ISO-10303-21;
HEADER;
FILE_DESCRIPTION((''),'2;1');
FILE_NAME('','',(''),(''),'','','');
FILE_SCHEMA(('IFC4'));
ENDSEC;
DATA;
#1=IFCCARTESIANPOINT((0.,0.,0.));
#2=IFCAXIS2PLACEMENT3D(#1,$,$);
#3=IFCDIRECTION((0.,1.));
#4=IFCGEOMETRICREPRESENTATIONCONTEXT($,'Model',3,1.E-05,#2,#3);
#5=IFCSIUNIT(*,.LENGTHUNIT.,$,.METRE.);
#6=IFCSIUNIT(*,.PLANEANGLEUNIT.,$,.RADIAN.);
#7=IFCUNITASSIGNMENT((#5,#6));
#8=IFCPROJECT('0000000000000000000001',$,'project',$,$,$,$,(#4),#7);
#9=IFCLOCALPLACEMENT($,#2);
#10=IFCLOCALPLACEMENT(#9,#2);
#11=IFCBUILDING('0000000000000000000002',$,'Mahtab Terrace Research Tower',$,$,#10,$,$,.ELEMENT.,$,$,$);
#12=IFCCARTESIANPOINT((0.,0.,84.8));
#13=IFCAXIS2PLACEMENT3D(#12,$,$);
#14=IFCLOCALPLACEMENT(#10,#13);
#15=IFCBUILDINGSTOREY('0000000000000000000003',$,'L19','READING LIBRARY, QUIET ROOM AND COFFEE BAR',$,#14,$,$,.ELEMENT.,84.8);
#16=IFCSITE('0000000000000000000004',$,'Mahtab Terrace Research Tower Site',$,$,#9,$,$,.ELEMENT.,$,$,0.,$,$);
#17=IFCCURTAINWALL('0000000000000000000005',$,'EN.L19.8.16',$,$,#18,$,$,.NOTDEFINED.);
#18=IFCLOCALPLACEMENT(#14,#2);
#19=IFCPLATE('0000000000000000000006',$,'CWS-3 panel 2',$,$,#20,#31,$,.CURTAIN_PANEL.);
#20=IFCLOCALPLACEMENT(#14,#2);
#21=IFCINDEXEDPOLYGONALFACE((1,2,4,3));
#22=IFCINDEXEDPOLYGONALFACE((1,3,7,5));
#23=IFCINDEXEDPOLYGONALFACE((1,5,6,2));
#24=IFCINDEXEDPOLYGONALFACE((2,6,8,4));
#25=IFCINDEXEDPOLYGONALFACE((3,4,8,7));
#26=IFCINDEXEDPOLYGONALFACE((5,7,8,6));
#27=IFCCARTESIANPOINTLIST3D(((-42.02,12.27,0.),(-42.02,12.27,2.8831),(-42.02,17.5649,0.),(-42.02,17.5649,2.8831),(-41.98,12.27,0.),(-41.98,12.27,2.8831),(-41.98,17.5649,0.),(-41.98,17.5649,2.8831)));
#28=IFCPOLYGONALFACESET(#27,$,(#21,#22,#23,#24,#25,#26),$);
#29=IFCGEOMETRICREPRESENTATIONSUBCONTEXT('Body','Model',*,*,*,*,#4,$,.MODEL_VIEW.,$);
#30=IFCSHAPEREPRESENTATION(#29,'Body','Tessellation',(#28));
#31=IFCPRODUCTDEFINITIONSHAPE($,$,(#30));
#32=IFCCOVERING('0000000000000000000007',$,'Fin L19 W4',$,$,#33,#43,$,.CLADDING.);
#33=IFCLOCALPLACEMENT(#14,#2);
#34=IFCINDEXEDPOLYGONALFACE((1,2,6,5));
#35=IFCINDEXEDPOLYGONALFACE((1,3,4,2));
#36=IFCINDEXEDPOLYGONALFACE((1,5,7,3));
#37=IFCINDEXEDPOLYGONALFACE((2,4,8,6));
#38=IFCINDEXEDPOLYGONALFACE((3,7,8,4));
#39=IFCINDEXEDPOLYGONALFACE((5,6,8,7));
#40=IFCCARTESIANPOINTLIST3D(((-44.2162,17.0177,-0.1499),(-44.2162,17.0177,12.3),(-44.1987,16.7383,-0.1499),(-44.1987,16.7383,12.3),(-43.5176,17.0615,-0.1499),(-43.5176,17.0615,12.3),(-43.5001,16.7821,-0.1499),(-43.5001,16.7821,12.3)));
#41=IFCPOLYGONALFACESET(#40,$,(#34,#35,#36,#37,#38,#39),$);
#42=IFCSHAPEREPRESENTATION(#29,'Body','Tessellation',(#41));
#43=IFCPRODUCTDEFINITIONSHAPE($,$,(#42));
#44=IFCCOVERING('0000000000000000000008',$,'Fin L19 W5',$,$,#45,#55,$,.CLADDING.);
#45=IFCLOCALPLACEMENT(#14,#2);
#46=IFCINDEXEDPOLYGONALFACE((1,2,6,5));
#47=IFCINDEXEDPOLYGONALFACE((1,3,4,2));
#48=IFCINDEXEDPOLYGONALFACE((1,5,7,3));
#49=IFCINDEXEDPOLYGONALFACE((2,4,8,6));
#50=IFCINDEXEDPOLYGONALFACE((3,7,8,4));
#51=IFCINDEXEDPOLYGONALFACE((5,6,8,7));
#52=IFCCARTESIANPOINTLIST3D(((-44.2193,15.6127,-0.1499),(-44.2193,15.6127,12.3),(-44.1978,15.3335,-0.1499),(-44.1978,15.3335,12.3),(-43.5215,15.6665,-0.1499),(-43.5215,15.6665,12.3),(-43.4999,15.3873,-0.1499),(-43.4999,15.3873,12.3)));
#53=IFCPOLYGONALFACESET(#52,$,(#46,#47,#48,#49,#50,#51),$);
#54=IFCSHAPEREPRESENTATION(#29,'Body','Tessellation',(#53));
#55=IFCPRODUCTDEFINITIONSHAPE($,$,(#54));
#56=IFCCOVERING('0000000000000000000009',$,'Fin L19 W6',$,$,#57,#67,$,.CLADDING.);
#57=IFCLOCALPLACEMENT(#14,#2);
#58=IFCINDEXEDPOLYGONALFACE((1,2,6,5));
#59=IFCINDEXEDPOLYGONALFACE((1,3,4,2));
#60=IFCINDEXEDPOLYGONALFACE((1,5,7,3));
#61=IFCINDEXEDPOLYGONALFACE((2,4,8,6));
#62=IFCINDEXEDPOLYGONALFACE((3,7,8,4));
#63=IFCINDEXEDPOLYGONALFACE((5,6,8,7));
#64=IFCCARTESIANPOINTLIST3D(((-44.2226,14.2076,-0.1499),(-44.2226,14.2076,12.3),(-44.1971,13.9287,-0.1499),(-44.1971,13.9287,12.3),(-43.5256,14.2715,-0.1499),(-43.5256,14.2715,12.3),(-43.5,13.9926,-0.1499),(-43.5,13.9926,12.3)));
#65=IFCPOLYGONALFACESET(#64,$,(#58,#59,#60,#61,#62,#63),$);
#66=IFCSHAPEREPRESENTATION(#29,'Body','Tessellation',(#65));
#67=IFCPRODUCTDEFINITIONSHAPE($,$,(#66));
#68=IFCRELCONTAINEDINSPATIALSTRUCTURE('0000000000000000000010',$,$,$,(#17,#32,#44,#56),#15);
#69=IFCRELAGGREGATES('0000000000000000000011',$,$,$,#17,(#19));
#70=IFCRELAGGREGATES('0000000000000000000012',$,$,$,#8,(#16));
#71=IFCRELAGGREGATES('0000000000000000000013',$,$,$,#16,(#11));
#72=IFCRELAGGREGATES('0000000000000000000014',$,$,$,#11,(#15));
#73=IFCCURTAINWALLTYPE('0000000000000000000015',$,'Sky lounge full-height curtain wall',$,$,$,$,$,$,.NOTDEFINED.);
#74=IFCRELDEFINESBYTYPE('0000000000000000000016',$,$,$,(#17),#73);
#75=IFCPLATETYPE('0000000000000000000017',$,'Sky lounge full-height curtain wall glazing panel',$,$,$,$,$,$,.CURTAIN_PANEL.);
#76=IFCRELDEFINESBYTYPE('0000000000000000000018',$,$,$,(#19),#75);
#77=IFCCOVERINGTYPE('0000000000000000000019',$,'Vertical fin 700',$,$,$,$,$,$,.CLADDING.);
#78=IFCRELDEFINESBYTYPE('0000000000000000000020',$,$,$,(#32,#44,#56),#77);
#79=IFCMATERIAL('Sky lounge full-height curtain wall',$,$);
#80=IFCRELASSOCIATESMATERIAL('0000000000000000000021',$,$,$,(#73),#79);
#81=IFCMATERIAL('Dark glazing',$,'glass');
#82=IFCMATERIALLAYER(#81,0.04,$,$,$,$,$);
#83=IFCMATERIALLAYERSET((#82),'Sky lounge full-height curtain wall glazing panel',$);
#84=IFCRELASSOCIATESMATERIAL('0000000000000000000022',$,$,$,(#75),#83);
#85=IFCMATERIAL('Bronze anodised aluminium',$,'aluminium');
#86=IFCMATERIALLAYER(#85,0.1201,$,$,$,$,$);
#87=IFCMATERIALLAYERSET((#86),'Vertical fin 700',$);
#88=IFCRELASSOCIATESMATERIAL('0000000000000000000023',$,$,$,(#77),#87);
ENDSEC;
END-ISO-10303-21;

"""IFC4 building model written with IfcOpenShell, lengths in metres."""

from ifc_helpers import new_model, si_unit, direction, frame, origin, origin_2d, place, context, subcontext, project, spatial, rectangle, extrude, material, layer, layer_set, type_object, element, aggregate, save


model = new_model("IFC4")

# Units and contexts
model_context = context("Model", 3, precision=1e-05, world=origin(), true_north=direction((0.0, 1.0)))
body_context = subcontext(model_context, "Body", "Model", "MODEL_VIEW")
ifc_project = project(units=[si_unit("LENGTHUNIT", "METRE"), si_unit("PLANEANGLEUNIT", "RADIAN")], contexts=[model_context])

# Site, building, storey
site_placement = place(None, origin())
site = spatial("IfcSite", under=ifc_project, at=site_placement, Name="Mahtab Terrace Research Tower Site", CompositionType="ELEMENT", RefElevation=0.0)
building_placement = place(site_placement, origin())
building = spatial("IfcBuilding", under=site, at=building_placement, Name="Mahtab Terrace Research Tower", CompositionType="ELEMENT")
storey_placement = place(building_placement, frame((0.0, 0.0, 84.8)))
storey = spatial("IfcBuildingStorey", under=building, at=storey_placement, Name="L19", Description="READING LIBRARY, QUIET ROOM AND COFFEE BAR", CompositionType="ELEMENT", Elevation=84.8)

# Curtain wall, plate
ifc_material_1 = material(Name="Sky lounge full-height curtain wall")
curtain_wall_type = type_object("IfcCurtainWallType", Name="Sky lounge full-height curtain wall", PredefinedType="NOTDEFINED", material=ifc_material_1)
curtain_wall_placement = place(storey_placement, origin())
curtain_wall = element("IfcCurtainWall", 1, at=curtain_wall_placement, inside=storey, type_object=curtain_wall_type, Name="EN.L19.8.16", PredefinedType="NOTDEFINED")
ifc_material_2 = material(Name="Dark glazing", Category="glass")
ifc_layer_1 = layer(ifc_material_2, 0.04)
ifc_layer_set_1 = layer_set([ifc_layer_1], Name="Sky lounge full-height curtain wall glazing panel")
plate_type = type_object("IfcPlateType", Name="Sky lounge full-height curtain wall glazing panel", PredefinedType="CURTAIN_PANEL", material=ifc_layer_set_1)
plate_placement = place(storey_placement, frame((-42.0, 14.9175, 0.0), z_axis=(0.0, 0.0, 1.0), x_axis=(0.0, -1.0, 0.0)))
plate = element("IfcPlate", 2, at=plate_placement, type_object=plate_type, Name="CWS-3 panel 2", PredefinedType="CURTAIN_PANEL", context=body_context, shape_type="SweptSolid", body=[
    extrude(rectangle(XDim=5.2949, YDim=0.04, at=origin_2d()), origin(), (0.0, 0.0, 1.0), 2.8831),
])
aggregate(curtain_wall, [plate])

# Coverings
ifc_material_3 = material(Name="Bronze anodised aluminium", Category="aluminium")
ifc_layer_2 = layer(ifc_material_3, 0.1201)
ifc_layer_set_2 = layer_set([ifc_layer_2], Name="Vertical fin 700")
covering_type = type_object("IfcCoveringType", Name="Vertical fin 700", PredefinedType="CLADDING", material=ifc_layer_set_2)
for number, where, z_axis, x_axis, name in (
    (3, (-43.8582, 16.8999, -0.1499), (0.0, 0.0, 1.0), (0.062586, -0.99804, 0.0), "Fin L19 W4"),
    (4, (-43.8596, 15.5, -0.1499), (0.0, 0.0, 1.0), (0.076924, -0.997037, 0.0), "Fin L19 W5"),
    (5, (-43.8613, 14.1001, -0.1499), (0.0, 0.0, 1.0), (0.091246, -0.995828, 0.0), "Fin L19 W6"),
):
    element("IfcCovering", number, at=place(storey_placement, frame(where, z_axis=z_axis, x_axis=x_axis)), inside=storey, type_object=covering_type, Name=name, PredefinedType="CLADDING", context=body_context, shape_type="SweptSolid", body=[
        extrude(rectangle(XDim=0.28, YDim=0.7, at=origin_2d()), origin(), (0.0, 0.0, 1.0), 12.45),
    ])

save(model, "model.ifc")
